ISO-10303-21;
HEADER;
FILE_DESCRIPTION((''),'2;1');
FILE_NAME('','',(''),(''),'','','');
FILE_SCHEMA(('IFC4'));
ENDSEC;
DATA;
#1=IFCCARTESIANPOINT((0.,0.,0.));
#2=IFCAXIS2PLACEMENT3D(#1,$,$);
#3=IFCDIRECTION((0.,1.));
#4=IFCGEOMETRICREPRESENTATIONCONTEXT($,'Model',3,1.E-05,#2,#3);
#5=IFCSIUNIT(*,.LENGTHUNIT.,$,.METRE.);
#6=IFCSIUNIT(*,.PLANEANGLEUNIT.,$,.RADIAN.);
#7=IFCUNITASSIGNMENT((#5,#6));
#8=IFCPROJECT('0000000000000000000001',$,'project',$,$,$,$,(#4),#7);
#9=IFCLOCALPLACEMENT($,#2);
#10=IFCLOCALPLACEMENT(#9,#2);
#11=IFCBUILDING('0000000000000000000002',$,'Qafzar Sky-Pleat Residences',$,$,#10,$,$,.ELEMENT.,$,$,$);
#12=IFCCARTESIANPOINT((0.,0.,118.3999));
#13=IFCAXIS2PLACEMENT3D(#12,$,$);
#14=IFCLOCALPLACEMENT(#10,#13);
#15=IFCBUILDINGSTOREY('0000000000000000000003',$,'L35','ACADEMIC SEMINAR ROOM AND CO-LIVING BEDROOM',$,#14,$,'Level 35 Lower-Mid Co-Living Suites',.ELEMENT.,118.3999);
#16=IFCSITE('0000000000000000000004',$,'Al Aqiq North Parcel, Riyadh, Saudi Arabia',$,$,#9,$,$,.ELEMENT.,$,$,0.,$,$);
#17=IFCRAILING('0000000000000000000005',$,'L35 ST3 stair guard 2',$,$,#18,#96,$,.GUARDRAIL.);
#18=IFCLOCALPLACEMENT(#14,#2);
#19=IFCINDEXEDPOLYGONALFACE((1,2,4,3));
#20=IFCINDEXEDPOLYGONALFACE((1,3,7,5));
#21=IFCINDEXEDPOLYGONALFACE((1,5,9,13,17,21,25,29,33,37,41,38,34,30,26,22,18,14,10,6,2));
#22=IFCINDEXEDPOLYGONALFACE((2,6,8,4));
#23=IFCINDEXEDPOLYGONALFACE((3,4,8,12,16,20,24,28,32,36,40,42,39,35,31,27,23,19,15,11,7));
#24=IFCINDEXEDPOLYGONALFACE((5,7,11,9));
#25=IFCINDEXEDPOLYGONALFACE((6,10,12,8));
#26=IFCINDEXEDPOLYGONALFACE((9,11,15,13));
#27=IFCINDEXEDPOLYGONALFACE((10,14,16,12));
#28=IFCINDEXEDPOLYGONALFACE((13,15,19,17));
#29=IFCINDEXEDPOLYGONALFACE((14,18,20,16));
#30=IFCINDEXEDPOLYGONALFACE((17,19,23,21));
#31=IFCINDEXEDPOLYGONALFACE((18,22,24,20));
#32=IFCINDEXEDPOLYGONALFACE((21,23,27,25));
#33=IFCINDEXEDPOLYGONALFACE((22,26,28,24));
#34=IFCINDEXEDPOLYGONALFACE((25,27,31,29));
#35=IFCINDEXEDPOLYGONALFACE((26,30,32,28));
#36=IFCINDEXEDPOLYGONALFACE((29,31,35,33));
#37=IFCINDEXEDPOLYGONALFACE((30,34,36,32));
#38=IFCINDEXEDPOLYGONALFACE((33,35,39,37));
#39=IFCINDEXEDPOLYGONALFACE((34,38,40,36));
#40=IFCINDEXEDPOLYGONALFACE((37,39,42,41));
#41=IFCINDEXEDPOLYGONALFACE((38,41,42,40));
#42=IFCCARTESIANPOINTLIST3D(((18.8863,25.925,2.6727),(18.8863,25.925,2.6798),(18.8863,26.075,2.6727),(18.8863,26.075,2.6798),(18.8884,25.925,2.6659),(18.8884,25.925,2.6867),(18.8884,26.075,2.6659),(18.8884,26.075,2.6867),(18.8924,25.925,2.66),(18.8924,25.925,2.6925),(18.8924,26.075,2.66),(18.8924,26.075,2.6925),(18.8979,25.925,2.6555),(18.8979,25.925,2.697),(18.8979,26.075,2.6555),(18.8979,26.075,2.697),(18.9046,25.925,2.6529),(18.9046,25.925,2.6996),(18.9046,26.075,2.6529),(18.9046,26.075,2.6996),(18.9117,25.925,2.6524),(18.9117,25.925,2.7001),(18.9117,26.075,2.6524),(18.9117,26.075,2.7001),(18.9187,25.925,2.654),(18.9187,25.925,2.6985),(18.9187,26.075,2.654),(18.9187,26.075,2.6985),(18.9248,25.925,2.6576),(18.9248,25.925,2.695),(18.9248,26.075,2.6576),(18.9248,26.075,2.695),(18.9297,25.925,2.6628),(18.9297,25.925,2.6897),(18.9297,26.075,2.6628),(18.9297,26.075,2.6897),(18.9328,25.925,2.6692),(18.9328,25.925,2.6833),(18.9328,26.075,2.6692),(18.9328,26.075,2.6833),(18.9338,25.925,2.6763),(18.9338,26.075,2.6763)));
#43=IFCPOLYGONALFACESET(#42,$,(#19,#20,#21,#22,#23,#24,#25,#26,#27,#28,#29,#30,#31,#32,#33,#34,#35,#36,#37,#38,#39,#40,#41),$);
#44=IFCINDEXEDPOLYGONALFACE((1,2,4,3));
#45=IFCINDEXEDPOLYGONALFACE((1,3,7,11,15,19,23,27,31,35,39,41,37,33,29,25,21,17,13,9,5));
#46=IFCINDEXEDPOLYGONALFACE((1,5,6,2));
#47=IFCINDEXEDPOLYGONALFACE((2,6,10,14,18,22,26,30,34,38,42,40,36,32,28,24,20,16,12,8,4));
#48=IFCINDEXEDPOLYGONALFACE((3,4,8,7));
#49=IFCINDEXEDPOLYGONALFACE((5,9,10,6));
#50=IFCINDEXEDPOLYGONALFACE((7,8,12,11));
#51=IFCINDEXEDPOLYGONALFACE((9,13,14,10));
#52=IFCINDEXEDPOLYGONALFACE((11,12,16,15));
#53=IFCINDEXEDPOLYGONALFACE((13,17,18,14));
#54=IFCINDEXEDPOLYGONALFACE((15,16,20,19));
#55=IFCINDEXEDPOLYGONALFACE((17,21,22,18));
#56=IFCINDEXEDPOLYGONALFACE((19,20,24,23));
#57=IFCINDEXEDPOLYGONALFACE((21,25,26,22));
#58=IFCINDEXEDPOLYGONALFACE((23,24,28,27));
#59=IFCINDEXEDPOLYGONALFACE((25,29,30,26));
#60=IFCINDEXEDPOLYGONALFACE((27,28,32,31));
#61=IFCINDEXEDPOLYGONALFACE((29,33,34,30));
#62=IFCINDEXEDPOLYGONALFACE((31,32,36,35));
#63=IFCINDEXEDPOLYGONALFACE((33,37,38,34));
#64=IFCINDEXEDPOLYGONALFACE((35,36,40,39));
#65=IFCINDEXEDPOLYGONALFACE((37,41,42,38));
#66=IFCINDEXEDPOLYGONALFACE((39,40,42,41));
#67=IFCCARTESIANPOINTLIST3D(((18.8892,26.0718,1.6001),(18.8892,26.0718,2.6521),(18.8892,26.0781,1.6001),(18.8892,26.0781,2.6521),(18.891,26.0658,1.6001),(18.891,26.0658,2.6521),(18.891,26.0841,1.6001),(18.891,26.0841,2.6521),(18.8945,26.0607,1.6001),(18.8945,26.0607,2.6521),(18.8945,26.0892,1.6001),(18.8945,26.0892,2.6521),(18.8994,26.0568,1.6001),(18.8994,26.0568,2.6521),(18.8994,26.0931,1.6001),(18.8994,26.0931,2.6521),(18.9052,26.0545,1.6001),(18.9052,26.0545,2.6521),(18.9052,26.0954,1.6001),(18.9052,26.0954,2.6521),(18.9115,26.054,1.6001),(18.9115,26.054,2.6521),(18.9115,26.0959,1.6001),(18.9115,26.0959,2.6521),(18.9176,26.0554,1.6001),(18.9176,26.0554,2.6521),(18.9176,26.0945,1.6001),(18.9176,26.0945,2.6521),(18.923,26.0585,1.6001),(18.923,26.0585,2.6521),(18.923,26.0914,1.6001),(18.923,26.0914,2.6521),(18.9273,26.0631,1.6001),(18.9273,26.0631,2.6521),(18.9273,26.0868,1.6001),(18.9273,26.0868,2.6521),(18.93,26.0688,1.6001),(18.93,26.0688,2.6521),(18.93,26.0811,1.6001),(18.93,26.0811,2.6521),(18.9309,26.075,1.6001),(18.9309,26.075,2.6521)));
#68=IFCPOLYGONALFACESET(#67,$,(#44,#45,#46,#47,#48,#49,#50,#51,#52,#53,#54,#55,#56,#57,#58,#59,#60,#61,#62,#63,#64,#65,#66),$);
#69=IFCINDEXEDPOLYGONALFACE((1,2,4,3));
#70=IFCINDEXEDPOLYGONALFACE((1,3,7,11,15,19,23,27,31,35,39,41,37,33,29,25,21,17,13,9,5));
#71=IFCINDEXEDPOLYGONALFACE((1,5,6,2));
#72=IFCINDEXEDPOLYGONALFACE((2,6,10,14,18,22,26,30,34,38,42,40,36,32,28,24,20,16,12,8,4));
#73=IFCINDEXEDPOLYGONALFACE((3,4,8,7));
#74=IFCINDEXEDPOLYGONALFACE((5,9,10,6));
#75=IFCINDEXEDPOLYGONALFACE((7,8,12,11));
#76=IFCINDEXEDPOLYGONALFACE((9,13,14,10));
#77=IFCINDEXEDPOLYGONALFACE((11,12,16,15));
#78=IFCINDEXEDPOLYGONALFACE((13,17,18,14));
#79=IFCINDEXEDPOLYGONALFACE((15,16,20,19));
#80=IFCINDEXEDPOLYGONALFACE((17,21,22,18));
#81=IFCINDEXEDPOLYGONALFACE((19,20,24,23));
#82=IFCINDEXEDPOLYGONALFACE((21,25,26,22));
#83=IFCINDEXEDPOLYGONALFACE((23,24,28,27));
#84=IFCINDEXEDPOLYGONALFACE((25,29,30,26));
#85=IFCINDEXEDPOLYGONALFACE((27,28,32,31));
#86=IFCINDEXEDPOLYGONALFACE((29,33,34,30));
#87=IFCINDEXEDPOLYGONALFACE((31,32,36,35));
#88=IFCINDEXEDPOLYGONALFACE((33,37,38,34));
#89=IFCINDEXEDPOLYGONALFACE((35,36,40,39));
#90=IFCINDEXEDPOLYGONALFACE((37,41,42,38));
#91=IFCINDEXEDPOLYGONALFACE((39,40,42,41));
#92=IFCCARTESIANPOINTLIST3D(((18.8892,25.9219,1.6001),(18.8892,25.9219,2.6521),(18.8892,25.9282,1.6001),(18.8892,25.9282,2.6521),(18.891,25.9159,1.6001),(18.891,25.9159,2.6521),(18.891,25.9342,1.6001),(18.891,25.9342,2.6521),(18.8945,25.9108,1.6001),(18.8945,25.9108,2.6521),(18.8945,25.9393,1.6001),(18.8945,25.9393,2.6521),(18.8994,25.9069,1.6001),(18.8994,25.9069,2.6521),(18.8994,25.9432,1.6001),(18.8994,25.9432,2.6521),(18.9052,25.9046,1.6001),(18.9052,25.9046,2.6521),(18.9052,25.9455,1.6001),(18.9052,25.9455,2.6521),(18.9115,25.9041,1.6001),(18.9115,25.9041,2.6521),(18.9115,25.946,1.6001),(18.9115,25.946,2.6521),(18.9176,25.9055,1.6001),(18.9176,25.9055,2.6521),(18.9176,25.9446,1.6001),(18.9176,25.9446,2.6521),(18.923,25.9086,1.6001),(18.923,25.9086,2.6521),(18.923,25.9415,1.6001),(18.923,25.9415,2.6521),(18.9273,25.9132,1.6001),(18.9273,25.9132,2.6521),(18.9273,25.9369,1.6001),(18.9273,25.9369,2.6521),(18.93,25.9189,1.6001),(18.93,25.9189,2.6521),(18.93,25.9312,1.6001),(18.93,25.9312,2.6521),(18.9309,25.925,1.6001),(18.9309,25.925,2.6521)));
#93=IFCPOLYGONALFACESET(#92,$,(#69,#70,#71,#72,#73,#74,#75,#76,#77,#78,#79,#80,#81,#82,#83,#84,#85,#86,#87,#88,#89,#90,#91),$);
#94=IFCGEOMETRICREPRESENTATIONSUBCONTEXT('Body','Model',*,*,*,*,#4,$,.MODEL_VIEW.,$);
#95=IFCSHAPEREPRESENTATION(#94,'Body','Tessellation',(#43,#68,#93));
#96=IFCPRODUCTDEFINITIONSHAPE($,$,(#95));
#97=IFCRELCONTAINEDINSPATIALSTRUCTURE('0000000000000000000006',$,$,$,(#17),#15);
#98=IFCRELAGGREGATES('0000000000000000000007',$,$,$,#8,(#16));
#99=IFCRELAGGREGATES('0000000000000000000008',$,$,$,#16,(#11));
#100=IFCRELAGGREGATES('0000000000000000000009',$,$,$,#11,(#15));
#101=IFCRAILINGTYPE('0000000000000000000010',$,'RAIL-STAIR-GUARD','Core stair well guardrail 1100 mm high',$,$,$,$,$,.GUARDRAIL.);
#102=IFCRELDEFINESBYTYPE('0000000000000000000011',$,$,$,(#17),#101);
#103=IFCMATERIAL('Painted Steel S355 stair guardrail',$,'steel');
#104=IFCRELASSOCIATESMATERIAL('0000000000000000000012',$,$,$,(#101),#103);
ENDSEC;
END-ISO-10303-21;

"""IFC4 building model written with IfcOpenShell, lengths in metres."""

from ifc_helpers import new_model, si_unit, direction, frame, origin, origin_2d, place, context, subcontext, project, spatial, circle, extrude, source, transform, mapped, material, type_object, element, save


model = new_model("IFC4")

# Units and contexts
model_context = context("Model", 3, precision=1e-05, world=origin(), true_north=direction((0.0, 1.0)))
body_context = subcontext(model_context, "Body", "Model", "MODEL_VIEW")
ifc_project = project(units=[si_unit("LENGTHUNIT", "METRE"), si_unit("PLANEANGLEUNIT", "RADIAN")], contexts=[model_context])

# Site, building, storey
site_placement = place(None, origin())
site = spatial("IfcSite", under=ifc_project, at=site_placement, Name="Al Aqiq North Parcel, Riyadh, Saudi Arabia", CompositionType="ELEMENT", RefElevation=0.0)
building_placement = place(site_placement, origin())
building = spatial("IfcBuilding", under=site, at=building_placement, Name="Qafzar Sky-Pleat Residences", CompositionType="ELEMENT")
storey_placement = place(building_placement, frame((0.0, 0.0, 118.3999)))
storey = spatial("IfcBuildingStorey", under=building, at=storey_placement, Name="L35", Description="ACADEMIC SEMINAR ROOM AND CO-LIVING BEDROOM", LongName="Level 35 Lower-Mid Co-Living Suites", CompositionType="ELEMENT", Elevation=118.3999)

# Railing
ifc_material_1 = material(Name="Painted Steel S355 stair guardrail", Category="steel")
railing_type = type_object("IfcRailingType", Name="RAIL-STAIR-GUARD", Description="Core stair well guardrail 1100 mm high", PredefinedType="GUARDRAIL", material=ifc_material_1)
shared_shape_1 = source(origin(), body_context, "Body", "SweptSolid", [
    extrude(circle(Radius=0.0239, at=origin_2d()), frame((0.0, 0.0, 1.0762), z_axis=(0.0, -1.0, 0.0), x_axis=(1.0, 0.0, 0.0)), (0.0, 0.0, 1.0), 0.1499),
    extrude(circle(Radius=0.021, at=origin_2d()), origin(), (0.0, 0.0, 1.0), 1.052),
    extrude(circle(Radius=0.021, at=origin_2d()), frame((0.0, -0.1499, 0.0)), (0.0, 0.0, 1.0), 1.052),
])
railing_1_placement = place(storey_placement, frame((18.9099, 26.075, 1.6001)))
element("IfcRailing", 1, at=railing_1_placement, inside=storey, type_object=railing_type, Name="L35 ST3 stair guard 2", PredefinedType="GUARDRAIL", context=body_context, shape_type="MappedRepresentation", body=[
    mapped(shared_shape_1, transform((0.0, 0.0, 0.0), x_axis=(1.0, 0.0, 0.0), y_axis=(0.0, 1.0, 0.0), z_axis=(0.0, 0.0, 1.0), scale=1.0)),
])

save(model, "model.ifc")
